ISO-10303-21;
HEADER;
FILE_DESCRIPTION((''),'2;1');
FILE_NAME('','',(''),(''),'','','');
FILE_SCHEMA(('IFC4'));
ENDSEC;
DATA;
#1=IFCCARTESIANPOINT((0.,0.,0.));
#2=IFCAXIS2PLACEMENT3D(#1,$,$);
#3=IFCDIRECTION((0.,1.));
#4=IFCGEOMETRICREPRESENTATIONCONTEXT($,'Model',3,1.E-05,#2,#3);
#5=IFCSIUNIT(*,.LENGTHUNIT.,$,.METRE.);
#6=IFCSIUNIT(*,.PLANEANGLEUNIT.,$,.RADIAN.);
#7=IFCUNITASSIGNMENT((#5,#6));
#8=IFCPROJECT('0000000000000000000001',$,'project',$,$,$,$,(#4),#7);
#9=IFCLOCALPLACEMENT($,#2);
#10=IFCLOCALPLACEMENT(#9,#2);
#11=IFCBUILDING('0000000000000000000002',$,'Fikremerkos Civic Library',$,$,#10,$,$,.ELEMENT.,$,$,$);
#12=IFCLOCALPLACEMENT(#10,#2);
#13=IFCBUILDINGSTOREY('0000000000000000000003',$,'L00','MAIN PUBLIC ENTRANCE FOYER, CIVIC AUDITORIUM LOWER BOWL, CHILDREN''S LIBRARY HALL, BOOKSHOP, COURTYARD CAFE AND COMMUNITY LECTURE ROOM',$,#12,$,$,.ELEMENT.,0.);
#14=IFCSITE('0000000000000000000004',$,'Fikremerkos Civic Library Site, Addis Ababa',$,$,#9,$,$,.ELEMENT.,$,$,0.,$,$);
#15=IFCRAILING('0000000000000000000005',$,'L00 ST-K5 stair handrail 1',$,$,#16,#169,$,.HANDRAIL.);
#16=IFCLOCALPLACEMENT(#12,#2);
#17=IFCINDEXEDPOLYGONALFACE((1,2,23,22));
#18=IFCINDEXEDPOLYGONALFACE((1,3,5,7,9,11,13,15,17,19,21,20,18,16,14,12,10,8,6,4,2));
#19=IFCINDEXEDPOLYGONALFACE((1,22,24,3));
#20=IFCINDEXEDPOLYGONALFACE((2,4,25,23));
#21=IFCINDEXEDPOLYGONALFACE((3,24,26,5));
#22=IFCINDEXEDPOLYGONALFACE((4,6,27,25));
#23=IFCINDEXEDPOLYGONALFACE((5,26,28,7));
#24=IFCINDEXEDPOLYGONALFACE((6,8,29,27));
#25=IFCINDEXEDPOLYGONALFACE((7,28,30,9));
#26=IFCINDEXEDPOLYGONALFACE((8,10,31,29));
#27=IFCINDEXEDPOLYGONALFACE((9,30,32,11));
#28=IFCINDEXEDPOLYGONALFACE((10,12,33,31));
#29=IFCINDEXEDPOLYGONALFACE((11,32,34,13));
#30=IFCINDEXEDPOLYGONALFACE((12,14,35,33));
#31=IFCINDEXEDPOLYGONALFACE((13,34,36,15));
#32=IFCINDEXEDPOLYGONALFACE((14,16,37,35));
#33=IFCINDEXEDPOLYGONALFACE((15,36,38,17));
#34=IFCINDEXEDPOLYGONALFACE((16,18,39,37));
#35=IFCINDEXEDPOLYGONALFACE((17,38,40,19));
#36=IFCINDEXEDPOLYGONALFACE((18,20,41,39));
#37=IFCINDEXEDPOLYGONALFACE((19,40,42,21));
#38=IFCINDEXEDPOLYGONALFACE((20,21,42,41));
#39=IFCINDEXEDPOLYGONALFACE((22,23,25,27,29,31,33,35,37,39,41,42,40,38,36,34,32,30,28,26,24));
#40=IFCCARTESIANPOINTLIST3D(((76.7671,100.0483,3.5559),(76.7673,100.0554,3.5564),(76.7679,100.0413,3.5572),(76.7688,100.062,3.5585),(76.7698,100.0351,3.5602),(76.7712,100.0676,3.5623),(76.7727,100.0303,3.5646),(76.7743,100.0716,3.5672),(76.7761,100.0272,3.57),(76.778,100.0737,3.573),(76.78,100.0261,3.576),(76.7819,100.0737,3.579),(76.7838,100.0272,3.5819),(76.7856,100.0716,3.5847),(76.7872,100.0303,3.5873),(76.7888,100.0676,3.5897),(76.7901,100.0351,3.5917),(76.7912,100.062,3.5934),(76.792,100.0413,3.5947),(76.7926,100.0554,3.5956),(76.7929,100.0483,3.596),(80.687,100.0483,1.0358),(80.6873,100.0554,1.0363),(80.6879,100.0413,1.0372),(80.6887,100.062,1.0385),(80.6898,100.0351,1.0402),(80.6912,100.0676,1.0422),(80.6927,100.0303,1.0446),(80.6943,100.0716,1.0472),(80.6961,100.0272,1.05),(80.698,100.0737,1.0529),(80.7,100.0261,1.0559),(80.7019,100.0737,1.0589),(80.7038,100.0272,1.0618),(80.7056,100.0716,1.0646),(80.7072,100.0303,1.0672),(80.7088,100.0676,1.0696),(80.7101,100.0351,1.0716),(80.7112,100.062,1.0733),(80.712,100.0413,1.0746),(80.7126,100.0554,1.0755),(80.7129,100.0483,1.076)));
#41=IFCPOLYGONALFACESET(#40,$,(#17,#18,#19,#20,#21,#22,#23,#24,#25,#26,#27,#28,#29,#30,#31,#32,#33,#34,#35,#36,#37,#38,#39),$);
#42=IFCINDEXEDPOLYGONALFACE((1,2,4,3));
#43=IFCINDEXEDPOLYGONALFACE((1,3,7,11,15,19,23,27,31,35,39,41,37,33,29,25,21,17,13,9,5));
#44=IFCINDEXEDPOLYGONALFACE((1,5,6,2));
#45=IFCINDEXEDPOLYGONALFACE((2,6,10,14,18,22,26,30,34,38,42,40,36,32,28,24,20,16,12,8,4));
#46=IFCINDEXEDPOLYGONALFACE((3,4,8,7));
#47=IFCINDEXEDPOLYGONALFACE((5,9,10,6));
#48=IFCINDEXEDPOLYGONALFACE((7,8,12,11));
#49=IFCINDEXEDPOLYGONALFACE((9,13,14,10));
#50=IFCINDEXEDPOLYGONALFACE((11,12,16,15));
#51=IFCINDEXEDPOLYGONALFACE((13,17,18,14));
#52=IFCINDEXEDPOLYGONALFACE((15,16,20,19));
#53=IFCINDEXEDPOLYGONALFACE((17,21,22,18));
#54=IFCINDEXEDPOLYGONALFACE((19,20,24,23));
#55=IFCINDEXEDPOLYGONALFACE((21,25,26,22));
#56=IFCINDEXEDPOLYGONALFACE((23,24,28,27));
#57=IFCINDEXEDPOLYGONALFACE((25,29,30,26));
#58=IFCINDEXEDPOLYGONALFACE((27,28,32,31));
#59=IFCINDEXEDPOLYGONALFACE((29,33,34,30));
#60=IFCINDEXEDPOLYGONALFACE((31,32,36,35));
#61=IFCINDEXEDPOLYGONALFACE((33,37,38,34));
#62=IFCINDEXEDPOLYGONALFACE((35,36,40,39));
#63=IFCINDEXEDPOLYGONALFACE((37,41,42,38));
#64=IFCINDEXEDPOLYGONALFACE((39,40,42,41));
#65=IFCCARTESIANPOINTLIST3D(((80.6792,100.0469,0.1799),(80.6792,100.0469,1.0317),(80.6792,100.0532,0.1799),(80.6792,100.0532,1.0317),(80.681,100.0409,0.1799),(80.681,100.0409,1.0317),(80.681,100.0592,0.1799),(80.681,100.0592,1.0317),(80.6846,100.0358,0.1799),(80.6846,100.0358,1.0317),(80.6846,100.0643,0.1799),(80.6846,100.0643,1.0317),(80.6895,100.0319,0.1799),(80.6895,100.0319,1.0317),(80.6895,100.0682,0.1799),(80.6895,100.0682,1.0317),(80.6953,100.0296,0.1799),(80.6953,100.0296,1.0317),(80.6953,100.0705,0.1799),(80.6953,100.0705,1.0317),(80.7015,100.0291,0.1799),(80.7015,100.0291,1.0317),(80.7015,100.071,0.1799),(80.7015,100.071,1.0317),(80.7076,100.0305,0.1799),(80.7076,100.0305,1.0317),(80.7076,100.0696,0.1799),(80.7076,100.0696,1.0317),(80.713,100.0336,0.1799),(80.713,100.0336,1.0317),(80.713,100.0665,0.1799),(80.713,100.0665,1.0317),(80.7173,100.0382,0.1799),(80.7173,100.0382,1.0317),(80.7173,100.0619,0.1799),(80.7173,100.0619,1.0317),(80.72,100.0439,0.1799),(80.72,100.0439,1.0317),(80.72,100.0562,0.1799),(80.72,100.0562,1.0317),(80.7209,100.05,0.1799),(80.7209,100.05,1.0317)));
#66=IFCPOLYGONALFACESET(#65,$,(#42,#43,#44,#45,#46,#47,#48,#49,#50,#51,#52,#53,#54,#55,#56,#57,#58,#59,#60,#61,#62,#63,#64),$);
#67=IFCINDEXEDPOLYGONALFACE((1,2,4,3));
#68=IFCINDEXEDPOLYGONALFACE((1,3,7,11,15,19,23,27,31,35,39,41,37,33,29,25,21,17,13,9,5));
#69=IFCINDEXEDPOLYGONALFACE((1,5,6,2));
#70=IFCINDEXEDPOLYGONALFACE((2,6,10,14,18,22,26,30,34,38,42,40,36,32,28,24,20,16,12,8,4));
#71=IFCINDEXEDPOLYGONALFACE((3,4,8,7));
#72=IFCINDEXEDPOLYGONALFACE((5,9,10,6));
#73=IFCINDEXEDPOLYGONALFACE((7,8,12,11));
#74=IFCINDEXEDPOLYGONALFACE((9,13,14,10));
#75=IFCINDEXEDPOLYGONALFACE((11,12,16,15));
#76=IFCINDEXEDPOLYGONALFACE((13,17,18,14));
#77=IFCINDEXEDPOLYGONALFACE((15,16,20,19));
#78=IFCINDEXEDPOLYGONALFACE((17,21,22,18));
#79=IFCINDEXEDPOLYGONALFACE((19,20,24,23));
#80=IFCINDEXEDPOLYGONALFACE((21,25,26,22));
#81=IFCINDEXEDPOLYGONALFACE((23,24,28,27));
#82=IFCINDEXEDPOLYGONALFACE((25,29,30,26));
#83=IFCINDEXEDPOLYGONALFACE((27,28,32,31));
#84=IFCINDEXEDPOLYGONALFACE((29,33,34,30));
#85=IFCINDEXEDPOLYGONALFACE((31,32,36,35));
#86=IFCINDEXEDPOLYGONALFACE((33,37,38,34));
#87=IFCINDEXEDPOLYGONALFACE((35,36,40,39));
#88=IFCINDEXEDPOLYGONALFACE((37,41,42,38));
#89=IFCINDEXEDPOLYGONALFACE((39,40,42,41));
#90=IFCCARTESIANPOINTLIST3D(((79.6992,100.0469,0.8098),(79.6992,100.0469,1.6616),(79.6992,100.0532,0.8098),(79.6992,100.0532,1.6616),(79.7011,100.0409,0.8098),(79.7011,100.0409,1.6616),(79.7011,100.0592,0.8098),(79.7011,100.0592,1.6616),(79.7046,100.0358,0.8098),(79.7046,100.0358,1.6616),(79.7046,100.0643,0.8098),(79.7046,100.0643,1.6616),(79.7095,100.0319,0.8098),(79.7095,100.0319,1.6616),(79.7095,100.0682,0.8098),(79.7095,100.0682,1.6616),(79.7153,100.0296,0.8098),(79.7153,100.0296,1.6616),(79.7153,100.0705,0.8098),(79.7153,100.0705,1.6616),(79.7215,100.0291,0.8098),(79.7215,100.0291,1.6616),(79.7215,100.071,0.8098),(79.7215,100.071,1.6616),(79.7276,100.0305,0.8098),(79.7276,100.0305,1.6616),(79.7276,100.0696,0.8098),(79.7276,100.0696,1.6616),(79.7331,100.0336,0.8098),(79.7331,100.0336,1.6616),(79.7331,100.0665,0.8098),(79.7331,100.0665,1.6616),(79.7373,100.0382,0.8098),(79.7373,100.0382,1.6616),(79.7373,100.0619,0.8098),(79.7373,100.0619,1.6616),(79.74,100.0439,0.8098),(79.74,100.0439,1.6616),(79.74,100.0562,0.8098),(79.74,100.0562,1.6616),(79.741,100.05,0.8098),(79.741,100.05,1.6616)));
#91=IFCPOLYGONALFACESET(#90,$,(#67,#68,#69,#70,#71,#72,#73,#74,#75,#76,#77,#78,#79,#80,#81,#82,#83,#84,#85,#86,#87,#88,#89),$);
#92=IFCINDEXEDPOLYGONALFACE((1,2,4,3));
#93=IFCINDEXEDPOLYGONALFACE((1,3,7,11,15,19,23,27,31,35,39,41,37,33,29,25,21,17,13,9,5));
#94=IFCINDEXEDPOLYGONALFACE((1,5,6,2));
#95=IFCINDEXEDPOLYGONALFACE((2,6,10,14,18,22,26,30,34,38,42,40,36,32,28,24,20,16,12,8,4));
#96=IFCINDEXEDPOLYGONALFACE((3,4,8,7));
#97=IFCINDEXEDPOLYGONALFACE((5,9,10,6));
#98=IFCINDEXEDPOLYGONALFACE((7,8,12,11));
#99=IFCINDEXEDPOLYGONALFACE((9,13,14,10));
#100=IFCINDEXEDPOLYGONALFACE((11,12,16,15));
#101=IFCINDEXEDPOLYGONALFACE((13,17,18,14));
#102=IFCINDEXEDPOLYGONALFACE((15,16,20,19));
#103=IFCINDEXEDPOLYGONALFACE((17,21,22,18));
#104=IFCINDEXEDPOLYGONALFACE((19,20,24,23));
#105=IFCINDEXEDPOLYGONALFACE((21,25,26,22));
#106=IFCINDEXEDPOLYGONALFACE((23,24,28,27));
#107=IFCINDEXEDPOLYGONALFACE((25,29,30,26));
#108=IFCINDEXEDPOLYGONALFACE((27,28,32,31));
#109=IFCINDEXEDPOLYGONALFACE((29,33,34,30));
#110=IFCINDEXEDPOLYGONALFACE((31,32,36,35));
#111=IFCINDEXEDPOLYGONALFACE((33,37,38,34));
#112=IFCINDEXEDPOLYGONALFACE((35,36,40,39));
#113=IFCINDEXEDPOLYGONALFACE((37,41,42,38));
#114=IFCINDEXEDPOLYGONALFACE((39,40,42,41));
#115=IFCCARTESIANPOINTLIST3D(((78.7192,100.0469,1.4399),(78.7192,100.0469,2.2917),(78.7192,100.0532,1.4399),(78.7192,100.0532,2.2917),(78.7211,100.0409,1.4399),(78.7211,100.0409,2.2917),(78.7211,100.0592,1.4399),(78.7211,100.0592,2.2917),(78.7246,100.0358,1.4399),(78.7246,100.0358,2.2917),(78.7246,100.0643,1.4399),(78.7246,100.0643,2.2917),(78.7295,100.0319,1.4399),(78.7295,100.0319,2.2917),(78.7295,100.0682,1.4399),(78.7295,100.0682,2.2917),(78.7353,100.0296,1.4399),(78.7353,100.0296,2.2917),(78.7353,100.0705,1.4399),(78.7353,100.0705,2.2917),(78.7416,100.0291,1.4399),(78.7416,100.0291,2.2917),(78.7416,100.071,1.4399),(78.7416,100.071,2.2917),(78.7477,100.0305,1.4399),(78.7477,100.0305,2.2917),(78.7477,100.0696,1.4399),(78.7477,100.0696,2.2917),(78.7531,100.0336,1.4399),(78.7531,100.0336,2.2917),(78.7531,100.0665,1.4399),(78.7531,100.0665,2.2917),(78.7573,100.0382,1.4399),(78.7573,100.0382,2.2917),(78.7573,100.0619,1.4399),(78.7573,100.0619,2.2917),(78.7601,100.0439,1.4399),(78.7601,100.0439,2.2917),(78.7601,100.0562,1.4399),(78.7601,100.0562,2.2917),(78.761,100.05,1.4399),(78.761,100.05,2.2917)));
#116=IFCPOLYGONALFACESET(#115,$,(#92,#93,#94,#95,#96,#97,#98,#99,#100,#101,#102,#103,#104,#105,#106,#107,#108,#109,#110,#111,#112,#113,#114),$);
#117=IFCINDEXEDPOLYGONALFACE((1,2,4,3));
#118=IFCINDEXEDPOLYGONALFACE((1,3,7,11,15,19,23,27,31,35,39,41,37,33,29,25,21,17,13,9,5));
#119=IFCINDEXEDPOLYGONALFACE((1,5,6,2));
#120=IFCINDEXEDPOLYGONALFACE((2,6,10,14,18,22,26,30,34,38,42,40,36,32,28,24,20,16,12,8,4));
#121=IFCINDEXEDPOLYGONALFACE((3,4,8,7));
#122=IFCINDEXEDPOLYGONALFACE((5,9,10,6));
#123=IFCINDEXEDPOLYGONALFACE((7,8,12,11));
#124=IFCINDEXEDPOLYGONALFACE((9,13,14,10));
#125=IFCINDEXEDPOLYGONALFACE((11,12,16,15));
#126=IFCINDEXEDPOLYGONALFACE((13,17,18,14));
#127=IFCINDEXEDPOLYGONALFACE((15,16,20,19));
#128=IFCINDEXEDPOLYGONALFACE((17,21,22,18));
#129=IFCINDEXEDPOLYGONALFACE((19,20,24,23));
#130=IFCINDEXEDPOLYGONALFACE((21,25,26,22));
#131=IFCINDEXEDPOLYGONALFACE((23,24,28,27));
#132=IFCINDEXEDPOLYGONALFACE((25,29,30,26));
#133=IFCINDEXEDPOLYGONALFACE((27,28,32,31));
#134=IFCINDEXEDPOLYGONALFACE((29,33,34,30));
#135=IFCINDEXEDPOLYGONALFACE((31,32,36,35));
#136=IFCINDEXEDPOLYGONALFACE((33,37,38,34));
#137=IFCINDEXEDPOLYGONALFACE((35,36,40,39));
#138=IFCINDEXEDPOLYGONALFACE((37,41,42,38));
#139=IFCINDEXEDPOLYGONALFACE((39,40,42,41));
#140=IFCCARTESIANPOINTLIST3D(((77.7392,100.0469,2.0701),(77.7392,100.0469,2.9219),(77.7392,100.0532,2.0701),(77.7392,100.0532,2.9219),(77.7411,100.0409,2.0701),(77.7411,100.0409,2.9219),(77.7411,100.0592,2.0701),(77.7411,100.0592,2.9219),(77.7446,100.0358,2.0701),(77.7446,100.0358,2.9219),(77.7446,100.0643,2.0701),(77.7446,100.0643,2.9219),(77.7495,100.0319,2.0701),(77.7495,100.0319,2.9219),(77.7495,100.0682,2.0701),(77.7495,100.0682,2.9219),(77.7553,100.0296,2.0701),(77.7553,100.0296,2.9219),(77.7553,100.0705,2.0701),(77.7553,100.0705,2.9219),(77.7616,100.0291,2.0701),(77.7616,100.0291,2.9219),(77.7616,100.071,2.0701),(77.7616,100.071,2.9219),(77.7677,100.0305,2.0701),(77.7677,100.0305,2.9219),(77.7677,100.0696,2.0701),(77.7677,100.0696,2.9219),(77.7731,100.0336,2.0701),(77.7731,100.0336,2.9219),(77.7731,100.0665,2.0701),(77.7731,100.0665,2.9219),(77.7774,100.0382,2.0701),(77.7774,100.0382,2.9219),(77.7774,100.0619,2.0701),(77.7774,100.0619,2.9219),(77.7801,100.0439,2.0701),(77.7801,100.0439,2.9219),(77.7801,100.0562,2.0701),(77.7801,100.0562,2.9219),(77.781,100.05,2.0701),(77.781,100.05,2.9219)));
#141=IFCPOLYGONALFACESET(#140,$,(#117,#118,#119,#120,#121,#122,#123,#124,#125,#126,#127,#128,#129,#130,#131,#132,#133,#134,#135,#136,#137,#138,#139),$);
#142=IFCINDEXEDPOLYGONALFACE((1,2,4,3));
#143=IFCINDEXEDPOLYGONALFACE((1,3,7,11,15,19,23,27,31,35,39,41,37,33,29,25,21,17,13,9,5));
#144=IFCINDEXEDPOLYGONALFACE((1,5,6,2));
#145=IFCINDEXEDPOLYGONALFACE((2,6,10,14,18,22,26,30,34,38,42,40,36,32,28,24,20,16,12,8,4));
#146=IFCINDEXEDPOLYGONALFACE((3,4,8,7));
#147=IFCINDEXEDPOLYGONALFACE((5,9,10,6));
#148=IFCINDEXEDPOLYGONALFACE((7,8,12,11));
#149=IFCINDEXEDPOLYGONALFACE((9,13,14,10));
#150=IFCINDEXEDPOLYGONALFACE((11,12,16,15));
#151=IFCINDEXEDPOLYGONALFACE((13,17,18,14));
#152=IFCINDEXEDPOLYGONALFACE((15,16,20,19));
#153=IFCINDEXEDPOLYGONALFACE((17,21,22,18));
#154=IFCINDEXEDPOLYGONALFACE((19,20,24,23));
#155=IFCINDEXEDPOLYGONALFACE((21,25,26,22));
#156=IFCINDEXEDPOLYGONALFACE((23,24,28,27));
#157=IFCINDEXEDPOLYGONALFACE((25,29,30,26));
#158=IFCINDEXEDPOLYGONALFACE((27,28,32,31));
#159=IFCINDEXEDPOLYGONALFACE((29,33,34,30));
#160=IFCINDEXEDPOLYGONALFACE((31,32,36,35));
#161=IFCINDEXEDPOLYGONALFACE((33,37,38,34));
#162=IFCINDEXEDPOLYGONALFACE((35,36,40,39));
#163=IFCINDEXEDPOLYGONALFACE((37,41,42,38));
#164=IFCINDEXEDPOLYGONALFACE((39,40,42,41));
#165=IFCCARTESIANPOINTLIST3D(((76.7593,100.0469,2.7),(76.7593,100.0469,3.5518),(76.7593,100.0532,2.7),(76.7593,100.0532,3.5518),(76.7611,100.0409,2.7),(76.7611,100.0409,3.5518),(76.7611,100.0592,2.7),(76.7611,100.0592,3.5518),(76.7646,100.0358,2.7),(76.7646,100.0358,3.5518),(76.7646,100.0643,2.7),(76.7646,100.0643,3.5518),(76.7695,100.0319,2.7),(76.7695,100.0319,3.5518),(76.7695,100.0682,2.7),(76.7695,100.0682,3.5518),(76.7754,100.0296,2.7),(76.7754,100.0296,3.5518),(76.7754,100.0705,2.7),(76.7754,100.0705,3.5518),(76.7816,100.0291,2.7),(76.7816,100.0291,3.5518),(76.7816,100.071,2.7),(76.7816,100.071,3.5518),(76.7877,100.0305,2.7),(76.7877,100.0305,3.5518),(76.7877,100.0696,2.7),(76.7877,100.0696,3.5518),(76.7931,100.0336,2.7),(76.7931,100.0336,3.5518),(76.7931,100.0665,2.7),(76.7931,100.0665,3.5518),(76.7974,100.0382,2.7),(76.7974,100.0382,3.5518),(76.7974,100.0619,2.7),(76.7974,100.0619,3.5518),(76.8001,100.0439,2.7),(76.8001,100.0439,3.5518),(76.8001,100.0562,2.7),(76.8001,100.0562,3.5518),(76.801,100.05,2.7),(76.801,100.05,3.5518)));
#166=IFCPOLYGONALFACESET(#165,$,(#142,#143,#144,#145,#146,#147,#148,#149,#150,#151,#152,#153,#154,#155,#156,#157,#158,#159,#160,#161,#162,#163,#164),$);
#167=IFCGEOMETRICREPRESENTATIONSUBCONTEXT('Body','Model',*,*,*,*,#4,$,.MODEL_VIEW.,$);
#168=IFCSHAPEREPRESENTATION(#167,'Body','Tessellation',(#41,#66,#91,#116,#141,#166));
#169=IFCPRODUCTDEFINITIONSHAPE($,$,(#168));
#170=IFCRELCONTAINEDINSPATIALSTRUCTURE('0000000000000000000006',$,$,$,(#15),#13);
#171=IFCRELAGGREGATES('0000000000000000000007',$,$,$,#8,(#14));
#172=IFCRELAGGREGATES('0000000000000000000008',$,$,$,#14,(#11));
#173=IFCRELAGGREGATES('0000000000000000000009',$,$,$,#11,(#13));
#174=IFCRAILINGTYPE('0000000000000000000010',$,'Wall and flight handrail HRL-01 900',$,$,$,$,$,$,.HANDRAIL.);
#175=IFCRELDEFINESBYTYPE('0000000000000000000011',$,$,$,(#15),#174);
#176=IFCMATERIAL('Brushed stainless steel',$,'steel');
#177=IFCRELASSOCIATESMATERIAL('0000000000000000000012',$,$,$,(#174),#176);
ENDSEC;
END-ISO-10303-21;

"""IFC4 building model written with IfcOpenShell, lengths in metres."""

from ifc_helpers import new_model, si_unit, direction, frame, origin, origin_2d, place, context, subcontext, project, spatial, circle, extrude, material, type_object, element, save


model = new_model("IFC4")

# Units and contexts
model_context = context("Model", 3, precision=1e-05, world=origin(), true_north=direction((0.0, 1.0)))
body_context = subcontext(model_context, "Body", "Model", "MODEL_VIEW")
ifc_project = project(units=[si_unit("LENGTHUNIT", "METRE"), si_unit("PLANEANGLEUNIT", "RADIAN")], contexts=[model_context])

# Site, building, storey
site_placement = place(None, origin())
site = spatial("IfcSite", under=ifc_project, at=site_placement, Name="Fikremerkos Civic Library Site, Addis Ababa", CompositionType="ELEMENT", RefElevation=0.0)
building_placement = place(site_placement, origin())
building = spatial("IfcBuilding", under=site, at=building_placement, Name="Fikremerkos Civic Library", CompositionType="ELEMENT")
storey_placement = place(building_placement, origin())
storey = spatial("IfcBuildingStorey", under=building, at=storey_placement, Name="L00", Description="MAIN PUBLIC ENTRANCE FOYER, CIVIC AUDITORIUM LOWER BOWL, CHILDREN'S LIBRARY HALL, BOOKSHOP, COURTYARD CAFE AND COMMUNITY LECTURE ROOM", CompositionType="ELEMENT", Elevation=0.0)

# Shared definitions
ifc_material_1 = material(Name="Brushed stainless steel", Category="steel")

# Railing
railing_type_1 = type_object("IfcRailingType", Name="Wall and flight handrail HRL-01 900", PredefinedType="HANDRAIL", material=ifc_material_1)
railing_1_placement = place(storey_placement, frame((80.7, 100.05, 0.1799)))
element("IfcRailing", 1, at=railing_1_placement, inside=storey, type_object=railing_type_1, Name="L00 ST-K5 stair handrail 1", PredefinedType="HANDRAIL", context=body_context, shape_type="SweptSolid", body=[
    extrude(circle(Radius=0.0239, at=origin_2d()), frame((0.0, 0.0, 0.876), z_axis=(-0.841172, 0.0, 0.540768), x_axis=(0.0, -1.0, 0.0)), (0.0, 0.0, 1.0), 4.6602),
    extrude(circle(Radius=0.021, at=origin_2d()), origin(), (0.0, 0.0, 1.0), 0.8518),
    extrude(circle(Radius=0.021, at=origin_2d()), frame((-0.98, 0.0, 0.6299)), (0.0, 0.0, 1.0), 0.8518),
    extrude(circle(Radius=0.021, at=origin_2d()), frame((-1.96, 0.0, 1.26)), (0.0, 0.0, 1.0), 0.8518),
    extrude(circle(Radius=0.021, at=origin_2d()), frame((-2.9399, 0.0, 1.8901)), (0.0, 0.0, 1.0), 0.8518),
    extrude(circle(Radius=0.021, at=origin_2d()), frame((-3.9199, 0.0, 2.52)), (0.0, 0.0, 1.0), 0.8518),
])

save(model, "model.ifc")
